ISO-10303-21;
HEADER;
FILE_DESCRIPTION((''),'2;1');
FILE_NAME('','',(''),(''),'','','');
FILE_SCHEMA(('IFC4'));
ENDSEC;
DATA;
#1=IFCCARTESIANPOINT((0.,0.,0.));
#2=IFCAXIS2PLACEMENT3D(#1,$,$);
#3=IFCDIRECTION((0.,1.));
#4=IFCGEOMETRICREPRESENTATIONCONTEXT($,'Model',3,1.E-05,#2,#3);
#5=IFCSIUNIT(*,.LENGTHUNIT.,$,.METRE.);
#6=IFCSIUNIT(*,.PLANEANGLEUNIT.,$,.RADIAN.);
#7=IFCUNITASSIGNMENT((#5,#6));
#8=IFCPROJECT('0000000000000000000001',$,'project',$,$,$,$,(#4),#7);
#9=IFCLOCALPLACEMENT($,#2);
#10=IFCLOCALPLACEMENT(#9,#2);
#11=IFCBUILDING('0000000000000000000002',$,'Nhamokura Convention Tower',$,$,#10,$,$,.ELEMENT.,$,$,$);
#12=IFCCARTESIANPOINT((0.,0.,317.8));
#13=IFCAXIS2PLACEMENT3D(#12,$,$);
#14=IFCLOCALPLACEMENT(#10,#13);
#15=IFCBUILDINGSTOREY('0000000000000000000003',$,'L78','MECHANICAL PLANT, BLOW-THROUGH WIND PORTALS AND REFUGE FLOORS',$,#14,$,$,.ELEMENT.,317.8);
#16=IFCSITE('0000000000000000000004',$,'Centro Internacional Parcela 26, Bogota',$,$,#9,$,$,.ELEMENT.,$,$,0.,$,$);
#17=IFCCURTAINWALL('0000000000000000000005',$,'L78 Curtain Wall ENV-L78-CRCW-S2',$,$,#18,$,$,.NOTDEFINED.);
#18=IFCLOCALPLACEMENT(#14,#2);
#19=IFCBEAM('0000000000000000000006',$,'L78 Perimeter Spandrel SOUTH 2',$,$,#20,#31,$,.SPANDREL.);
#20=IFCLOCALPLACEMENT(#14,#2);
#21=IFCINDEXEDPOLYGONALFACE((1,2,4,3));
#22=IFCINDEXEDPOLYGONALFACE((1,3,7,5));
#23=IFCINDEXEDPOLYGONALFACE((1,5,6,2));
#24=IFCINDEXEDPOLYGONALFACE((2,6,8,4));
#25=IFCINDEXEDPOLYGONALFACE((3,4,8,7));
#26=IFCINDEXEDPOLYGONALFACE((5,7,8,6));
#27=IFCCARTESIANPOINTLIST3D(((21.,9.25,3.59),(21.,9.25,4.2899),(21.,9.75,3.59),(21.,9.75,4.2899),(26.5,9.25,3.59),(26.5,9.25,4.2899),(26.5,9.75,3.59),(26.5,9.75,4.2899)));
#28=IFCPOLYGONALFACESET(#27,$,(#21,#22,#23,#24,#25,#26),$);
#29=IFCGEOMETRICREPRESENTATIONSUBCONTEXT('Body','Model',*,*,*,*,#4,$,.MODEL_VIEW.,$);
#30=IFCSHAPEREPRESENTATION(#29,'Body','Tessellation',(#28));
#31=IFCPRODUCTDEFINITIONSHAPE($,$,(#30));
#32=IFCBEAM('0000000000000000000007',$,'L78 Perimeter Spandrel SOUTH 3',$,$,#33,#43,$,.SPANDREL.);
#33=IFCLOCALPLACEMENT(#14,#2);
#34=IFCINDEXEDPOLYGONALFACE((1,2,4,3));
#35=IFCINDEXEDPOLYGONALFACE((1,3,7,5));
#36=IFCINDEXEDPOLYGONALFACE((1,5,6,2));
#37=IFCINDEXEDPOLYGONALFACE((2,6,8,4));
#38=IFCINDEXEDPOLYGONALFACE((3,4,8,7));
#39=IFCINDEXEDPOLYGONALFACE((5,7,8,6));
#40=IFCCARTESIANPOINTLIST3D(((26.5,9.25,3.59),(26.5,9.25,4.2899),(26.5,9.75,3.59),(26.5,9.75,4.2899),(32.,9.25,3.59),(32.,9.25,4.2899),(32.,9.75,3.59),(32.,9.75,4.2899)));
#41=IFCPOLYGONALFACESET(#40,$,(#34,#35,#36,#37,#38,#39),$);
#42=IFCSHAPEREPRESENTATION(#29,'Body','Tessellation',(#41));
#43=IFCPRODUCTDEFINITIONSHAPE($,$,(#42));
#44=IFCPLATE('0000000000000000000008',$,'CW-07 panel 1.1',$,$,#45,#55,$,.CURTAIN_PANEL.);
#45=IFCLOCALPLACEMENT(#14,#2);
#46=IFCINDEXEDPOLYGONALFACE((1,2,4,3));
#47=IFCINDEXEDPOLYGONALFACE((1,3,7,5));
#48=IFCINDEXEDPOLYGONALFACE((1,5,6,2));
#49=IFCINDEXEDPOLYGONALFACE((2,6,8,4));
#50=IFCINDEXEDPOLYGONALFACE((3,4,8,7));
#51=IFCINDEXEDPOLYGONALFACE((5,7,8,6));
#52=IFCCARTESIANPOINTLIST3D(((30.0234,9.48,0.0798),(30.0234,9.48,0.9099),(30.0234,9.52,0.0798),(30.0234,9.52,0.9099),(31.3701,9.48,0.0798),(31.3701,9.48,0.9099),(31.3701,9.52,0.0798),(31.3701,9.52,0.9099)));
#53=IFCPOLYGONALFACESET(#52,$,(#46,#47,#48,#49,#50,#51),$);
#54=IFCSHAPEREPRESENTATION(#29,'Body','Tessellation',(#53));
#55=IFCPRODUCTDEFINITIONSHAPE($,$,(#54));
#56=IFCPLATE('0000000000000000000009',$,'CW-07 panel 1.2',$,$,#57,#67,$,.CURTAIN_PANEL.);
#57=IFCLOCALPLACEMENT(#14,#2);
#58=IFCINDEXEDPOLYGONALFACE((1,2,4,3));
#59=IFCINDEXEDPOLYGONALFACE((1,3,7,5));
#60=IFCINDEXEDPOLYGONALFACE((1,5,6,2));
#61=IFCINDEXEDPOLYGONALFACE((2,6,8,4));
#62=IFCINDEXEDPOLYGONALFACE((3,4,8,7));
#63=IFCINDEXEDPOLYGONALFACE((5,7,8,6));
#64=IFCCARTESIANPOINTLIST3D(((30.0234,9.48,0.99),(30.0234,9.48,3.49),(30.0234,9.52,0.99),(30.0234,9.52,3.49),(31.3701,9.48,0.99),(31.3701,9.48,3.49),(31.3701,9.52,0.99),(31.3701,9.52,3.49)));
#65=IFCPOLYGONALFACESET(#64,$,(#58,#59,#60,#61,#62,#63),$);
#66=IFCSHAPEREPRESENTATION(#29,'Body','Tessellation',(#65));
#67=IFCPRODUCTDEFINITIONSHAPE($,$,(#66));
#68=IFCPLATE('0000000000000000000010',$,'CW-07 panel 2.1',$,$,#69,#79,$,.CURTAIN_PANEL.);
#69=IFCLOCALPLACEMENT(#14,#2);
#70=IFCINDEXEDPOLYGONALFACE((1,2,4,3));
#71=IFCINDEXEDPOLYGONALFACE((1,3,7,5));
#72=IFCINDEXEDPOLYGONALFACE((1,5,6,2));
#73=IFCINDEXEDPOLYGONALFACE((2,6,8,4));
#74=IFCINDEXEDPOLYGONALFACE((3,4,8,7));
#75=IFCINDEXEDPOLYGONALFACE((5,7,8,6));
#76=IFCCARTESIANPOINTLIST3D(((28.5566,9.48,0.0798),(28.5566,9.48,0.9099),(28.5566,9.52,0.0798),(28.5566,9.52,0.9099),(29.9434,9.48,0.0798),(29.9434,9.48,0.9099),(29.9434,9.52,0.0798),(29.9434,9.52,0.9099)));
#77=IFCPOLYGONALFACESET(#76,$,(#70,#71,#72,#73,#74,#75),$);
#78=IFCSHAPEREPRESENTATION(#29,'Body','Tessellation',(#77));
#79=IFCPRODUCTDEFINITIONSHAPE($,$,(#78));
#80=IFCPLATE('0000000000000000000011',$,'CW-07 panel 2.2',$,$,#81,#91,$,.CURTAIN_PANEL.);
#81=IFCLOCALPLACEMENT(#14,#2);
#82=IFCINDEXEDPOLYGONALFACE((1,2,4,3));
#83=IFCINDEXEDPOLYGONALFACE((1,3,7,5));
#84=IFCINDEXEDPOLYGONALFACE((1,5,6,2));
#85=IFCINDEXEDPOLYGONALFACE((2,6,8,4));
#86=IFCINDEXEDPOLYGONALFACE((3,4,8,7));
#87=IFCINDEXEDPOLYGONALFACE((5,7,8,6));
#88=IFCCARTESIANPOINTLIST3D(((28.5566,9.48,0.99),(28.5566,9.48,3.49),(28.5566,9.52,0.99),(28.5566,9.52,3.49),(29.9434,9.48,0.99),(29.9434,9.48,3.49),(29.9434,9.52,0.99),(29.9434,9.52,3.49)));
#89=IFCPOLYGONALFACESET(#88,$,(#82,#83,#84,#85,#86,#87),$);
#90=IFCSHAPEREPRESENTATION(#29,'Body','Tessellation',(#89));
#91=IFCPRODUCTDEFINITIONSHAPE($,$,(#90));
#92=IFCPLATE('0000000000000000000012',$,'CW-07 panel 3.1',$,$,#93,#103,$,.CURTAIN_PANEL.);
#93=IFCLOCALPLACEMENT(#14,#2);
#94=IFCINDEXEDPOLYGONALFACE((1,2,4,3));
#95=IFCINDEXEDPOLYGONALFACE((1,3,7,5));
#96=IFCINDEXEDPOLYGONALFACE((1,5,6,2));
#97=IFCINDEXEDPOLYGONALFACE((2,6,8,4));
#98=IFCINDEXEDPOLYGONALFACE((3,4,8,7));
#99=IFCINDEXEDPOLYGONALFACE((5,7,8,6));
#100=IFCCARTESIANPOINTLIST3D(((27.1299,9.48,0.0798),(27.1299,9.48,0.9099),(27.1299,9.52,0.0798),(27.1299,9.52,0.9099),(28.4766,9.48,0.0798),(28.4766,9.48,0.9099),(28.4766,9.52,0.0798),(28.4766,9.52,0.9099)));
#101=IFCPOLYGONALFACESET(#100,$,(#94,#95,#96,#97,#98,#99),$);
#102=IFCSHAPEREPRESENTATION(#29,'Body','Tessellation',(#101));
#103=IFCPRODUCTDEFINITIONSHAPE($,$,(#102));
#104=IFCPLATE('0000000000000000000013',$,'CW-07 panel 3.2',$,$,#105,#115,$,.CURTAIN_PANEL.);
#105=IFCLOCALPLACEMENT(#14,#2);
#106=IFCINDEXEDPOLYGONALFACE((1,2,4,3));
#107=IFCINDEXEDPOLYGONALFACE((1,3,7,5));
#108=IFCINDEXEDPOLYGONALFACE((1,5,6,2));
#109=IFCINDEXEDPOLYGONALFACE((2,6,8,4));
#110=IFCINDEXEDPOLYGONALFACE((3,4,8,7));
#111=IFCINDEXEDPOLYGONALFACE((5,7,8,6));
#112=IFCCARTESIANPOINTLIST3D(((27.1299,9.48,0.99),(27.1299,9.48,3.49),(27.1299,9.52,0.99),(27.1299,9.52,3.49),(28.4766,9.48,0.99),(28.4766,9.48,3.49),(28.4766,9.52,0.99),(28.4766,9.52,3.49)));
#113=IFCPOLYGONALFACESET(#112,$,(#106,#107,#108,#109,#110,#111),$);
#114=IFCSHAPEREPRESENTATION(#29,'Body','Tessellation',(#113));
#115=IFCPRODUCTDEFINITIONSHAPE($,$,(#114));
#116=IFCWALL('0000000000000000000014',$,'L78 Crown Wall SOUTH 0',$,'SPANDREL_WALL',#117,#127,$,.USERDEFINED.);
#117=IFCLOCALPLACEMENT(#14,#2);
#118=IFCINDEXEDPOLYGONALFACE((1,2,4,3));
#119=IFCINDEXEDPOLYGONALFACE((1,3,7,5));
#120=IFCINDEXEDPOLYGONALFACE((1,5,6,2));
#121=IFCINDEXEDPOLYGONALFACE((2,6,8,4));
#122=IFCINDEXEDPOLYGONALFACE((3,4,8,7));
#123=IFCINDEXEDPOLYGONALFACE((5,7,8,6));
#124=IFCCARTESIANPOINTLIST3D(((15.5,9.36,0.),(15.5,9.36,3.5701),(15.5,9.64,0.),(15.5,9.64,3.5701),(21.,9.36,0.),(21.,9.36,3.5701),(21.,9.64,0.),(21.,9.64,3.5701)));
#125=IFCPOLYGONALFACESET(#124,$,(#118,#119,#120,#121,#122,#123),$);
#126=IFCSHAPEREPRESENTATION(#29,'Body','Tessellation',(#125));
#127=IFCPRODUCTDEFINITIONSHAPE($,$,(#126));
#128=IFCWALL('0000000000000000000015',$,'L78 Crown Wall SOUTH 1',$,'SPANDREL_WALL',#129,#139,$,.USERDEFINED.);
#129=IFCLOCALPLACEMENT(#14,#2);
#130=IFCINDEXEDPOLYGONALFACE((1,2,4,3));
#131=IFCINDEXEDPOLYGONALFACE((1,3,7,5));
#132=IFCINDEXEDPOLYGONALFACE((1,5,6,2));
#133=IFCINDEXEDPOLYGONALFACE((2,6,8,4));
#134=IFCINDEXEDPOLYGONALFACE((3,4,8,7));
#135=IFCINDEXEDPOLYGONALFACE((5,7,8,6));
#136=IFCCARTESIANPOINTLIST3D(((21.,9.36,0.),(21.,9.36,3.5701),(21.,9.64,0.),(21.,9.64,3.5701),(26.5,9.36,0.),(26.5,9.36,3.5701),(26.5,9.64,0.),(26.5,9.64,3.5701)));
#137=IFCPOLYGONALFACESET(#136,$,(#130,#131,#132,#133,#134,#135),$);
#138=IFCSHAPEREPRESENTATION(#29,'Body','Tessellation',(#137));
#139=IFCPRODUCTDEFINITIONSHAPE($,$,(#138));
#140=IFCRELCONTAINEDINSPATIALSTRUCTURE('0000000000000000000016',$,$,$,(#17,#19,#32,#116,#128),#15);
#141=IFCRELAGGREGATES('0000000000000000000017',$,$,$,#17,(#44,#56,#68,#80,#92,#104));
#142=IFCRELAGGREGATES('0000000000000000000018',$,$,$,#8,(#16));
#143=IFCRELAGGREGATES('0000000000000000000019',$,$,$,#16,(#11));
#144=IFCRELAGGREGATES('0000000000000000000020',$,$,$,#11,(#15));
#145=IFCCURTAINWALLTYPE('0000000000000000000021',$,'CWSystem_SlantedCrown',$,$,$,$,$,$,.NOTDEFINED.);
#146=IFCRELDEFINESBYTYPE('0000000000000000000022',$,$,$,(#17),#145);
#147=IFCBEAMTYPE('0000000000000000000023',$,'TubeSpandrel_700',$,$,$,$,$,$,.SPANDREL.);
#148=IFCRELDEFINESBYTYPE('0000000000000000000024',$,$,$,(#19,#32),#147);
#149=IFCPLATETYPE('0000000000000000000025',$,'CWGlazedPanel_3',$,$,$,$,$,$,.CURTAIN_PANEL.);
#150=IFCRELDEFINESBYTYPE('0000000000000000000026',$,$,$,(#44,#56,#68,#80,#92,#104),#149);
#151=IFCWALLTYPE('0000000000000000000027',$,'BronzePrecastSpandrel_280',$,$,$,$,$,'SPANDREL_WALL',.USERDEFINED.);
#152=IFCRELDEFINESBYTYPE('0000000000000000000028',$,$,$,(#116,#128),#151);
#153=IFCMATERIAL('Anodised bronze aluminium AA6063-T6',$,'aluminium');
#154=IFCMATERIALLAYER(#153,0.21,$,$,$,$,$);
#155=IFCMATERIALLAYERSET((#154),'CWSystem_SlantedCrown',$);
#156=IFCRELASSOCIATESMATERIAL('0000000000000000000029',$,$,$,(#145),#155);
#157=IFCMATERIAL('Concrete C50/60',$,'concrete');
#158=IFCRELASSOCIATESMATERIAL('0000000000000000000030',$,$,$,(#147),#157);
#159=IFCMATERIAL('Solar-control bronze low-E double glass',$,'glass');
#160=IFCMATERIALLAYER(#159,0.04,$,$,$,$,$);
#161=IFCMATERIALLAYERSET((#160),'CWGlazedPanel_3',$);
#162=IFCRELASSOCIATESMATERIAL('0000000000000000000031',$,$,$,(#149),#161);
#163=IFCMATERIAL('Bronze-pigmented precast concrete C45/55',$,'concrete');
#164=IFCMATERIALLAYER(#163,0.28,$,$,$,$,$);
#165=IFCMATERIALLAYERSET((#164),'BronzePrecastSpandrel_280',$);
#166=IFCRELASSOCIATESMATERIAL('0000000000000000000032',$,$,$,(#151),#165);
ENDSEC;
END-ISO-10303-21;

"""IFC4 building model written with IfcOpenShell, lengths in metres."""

from ifc_helpers import new_model, si_unit, direction, frame, frame_2d, origin, origin_2d, place, context, subcontext, project, spatial, rectangle, extrude, material, layer, layer_set, material_profile, profile_set, type_object, element, aggregate, save


model = new_model("IFC4")

# Units and contexts
model_context = context("Model", 3, precision=1e-05, world=origin(), true_north=direction((0.0, 1.0)))
body_context = subcontext(model_context, "Body", "Model", "MODEL_VIEW")
ifc_project = project(units=[si_unit("LENGTHUNIT", "METRE"), si_unit("PLANEANGLEUNIT", "RADIAN")], contexts=[model_context])

# Site, building, storey
site_placement = place(None, origin())
site = spatial("IfcSite", under=ifc_project, at=site_placement, Name="Centro Internacional Parcela 26, Bogota", CompositionType="ELEMENT", RefElevation=0.0)
building_placement = place(site_placement, origin())
building = spatial("IfcBuilding", under=site, at=building_placement, Name="Nhamokura Convention Tower", CompositionType="ELEMENT")
storey_placement = place(building_placement, frame((0.0, 0.0, 317.8)))
storey = spatial("IfcBuildingStorey", under=building, at=storey_placement, Name="L78", Description="MECHANICAL PLANT, BLOW-THROUGH WIND PORTALS AND REFUGE FLOORS", CompositionType="ELEMENT", Elevation=317.8)

# Curtain wall
ifc_material_1 = material(Name="Anodised bronze aluminium AA6063-T6", Category="aluminium")
ifc_layer_1 = layer(ifc_material_1, 0.21)
ifc_layer_set_1 = layer_set([ifc_layer_1], Name="CWSystem_SlantedCrown")
curtain_wall_type = type_object("IfcCurtainWallType", Name="CWSystem_SlantedCrown", PredefinedType="NOTDEFINED", material=ifc_layer_set_1)
curtain_wall_placement = place(storey_placement, origin())
curtain_wall = element("IfcCurtainWall", 1, at=curtain_wall_placement, inside=storey, type_object=curtain_wall_type, Name="L78 Curtain Wall ENV-L78-CRCW-S2", PredefinedType="NOTDEFINED")

# Beams
ifc_material_2 = material(Name="Concrete C50/60", Category="concrete")
ifc_material_profile_1 = material_profile(ifc_material_2, rectangle(XDim=0.5, YDim=0.7, at=origin_2d()))
ifc_profile_set_1 = profile_set([ifc_material_profile_1], Name="Concrete C50/60")
beam_type = type_object("IfcBeamType", Name="TubeSpandrel_700", PredefinedType="SPANDREL", material=ifc_profile_set_1)
for number, where, z_axis, x_axis, name in (
    (2, (21.0, 9.5, 3.9399), (1.0, 0.0, 0.0), (0.0, 1.0, 0.0), "L78 Perimeter Spandrel SOUTH 2"),
    (3, (26.5, 9.5, 3.9399), (1.0, 0.0, 0.0), (0.0, 1.0, 0.0), "L78 Perimeter Spandrel SOUTH 3"),
):
    element("IfcBeam", number, at=place(storey_placement, frame(where, z_axis=z_axis, x_axis=x_axis)), inside=storey, type_object=beam_type, Name=name, PredefinedType="SPANDREL", context=body_context, shape_type="SweptSolid", body=[
        extrude(rectangle(XDim=0.5, YDim=0.7, at=origin_2d()), origin(), (0.0, 0.0, 1.0), 5.5),
    ])

# Plates
ifc_material_3 = material(Name="Solar-control bronze low-E double glass", Category="glass")
ifc_layer_2 = layer(ifc_material_3, 0.04)
ifc_layer_set_2 = layer_set([ifc_layer_2], Name="CWGlazedPanel_3")
plate_type = type_object("IfcPlateType", Name="CWGlazedPanel_3", PredefinedType="CURTAIN_PANEL", material=ifc_layer_set_2)
plate_1_placement = place(storey_placement, frame((30.6968, 9.5, 0.0798), z_axis=(0.0, 0.0, 1.0), x_axis=(-1.0, 0.0, 0.0)))
plate_1 = element("IfcPlate", 4, at=plate_1_placement, type_object=plate_type, Name="CW-07 panel 1.1", PredefinedType="CURTAIN_PANEL", context=body_context, shape_type="SweptSolid", body=[
    extrude(rectangle(XDim=1.3467, YDim=0.04, at=origin_2d()), origin(), (0.0, 0.0, 1.0), 0.8301),
])
plate_2_placement = place(storey_placement, frame((30.6968, 9.5, 0.99), z_axis=(0.0, 0.0, 1.0), x_axis=(-1.0, 0.0, 0.0)))
plate_2 = element("IfcPlate", 5, at=plate_2_placement, type_object=plate_type, Name="CW-07 panel 1.2", PredefinedType="CURTAIN_PANEL", context=body_context, shape_type="SweptSolid", body=[
    extrude(rectangle(XDim=1.3467, YDim=0.04, at=origin_2d()), origin(), (0.0, 0.0, 1.0), 2.5),
])
plate_3_placement = place(storey_placement, frame((29.25, 9.5, 0.0798), z_axis=(0.0, 0.0, 1.0), x_axis=(-1.0, 0.0, 0.0)))
plate_3 = element("IfcPlate", 6, at=plate_3_placement, type_object=plate_type, Name="CW-07 panel 2.1", PredefinedType="CURTAIN_PANEL", context=body_context, shape_type="SweptSolid", body=[
    extrude(rectangle(XDim=1.3867, YDim=0.04, at=origin_2d()), origin(), (0.0, 0.0, 1.0), 0.8301),
])
plate_4_placement = place(storey_placement, frame((29.25, 9.5, 0.99), z_axis=(0.0, 0.0, 1.0), x_axis=(-1.0, 0.0, 0.0)))
plate_4 = element("IfcPlate", 7, at=plate_4_placement, type_object=plate_type, Name="CW-07 panel 2.2", PredefinedType="CURTAIN_PANEL", context=body_context, shape_type="SweptSolid", body=[
    extrude(rectangle(XDim=1.3867, YDim=0.04, at=origin_2d()), origin(), (0.0, 0.0, 1.0), 2.5),
])
plate_5_placement = place(storey_placement, frame((27.8032, 9.5, 0.0798), z_axis=(0.0, 0.0, 1.0), x_axis=(-1.0, 0.0, 0.0)))
plate_5 = element("IfcPlate", 8, at=plate_5_placement, type_object=plate_type, Name="CW-07 panel 3.1", PredefinedType="CURTAIN_PANEL", context=body_context, shape_type="SweptSolid", body=[
    extrude(rectangle(XDim=1.3467, YDim=0.04, at=origin_2d()), origin(), (0.0, 0.0, 1.0), 0.8301),
])
plate_6_placement = place(storey_placement, frame((27.8032, 9.5, 0.99), z_axis=(0.0, 0.0, 1.0), x_axis=(-1.0, 0.0, 0.0)))
plate_6 = element("IfcPlate", 9, at=plate_6_placement, type_object=plate_type, Name="CW-07 panel 3.2", PredefinedType="CURTAIN_PANEL", context=body_context, shape_type="SweptSolid", body=[
    extrude(rectangle(XDim=1.3467, YDim=0.04, at=origin_2d()), origin(), (0.0, 0.0, 1.0), 2.5),
])
aggregate(curtain_wall, [plate_1, plate_2, plate_3, plate_4, plate_5, plate_6])

# Walls
ifc_material_4 = material(Name="Bronze-pigmented precast concrete C45/55", Category="concrete")
ifc_layer_3 = layer(ifc_material_4, 0.28)
ifc_layer_set_3 = layer_set([ifc_layer_3], Name="BronzePrecastSpandrel_280")
wall_type = type_object("IfcWallType", Name="BronzePrecastSpandrel_280", ElementType="SPANDREL_WALL", PredefinedType="USERDEFINED", material=ifc_layer_set_3)
for number, where, z_axis, x_axis, name in (
    (10, (21.0, 9.5, 0.0), (0.0, 0.0, 1.0), (-1.0, 0.0, 0.0), "L78 Crown Wall SOUTH 0"),
    (11, (26.5, 9.5, 0.0), (0.0, 0.0, 1.0), (-1.0, 0.0, 0.0), "L78 Crown Wall SOUTH 1"),
):
    element("IfcWall", number, at=place(storey_placement, frame(where, z_axis=z_axis, x_axis=x_axis)), inside=storey, type_object=wall_type, Name=name, ObjectType="SPANDREL_WALL", PredefinedType="USERDEFINED", context=body_context, shape_type="SweptSolid", body=[
        extrude(rectangle(XDim=5.5, YDim=0.28, at=frame_2d((2.75, 0.0))), origin(), (0.0, 0.0, 1.0), 3.5701),
    ])

save(model, "model.ifc")
